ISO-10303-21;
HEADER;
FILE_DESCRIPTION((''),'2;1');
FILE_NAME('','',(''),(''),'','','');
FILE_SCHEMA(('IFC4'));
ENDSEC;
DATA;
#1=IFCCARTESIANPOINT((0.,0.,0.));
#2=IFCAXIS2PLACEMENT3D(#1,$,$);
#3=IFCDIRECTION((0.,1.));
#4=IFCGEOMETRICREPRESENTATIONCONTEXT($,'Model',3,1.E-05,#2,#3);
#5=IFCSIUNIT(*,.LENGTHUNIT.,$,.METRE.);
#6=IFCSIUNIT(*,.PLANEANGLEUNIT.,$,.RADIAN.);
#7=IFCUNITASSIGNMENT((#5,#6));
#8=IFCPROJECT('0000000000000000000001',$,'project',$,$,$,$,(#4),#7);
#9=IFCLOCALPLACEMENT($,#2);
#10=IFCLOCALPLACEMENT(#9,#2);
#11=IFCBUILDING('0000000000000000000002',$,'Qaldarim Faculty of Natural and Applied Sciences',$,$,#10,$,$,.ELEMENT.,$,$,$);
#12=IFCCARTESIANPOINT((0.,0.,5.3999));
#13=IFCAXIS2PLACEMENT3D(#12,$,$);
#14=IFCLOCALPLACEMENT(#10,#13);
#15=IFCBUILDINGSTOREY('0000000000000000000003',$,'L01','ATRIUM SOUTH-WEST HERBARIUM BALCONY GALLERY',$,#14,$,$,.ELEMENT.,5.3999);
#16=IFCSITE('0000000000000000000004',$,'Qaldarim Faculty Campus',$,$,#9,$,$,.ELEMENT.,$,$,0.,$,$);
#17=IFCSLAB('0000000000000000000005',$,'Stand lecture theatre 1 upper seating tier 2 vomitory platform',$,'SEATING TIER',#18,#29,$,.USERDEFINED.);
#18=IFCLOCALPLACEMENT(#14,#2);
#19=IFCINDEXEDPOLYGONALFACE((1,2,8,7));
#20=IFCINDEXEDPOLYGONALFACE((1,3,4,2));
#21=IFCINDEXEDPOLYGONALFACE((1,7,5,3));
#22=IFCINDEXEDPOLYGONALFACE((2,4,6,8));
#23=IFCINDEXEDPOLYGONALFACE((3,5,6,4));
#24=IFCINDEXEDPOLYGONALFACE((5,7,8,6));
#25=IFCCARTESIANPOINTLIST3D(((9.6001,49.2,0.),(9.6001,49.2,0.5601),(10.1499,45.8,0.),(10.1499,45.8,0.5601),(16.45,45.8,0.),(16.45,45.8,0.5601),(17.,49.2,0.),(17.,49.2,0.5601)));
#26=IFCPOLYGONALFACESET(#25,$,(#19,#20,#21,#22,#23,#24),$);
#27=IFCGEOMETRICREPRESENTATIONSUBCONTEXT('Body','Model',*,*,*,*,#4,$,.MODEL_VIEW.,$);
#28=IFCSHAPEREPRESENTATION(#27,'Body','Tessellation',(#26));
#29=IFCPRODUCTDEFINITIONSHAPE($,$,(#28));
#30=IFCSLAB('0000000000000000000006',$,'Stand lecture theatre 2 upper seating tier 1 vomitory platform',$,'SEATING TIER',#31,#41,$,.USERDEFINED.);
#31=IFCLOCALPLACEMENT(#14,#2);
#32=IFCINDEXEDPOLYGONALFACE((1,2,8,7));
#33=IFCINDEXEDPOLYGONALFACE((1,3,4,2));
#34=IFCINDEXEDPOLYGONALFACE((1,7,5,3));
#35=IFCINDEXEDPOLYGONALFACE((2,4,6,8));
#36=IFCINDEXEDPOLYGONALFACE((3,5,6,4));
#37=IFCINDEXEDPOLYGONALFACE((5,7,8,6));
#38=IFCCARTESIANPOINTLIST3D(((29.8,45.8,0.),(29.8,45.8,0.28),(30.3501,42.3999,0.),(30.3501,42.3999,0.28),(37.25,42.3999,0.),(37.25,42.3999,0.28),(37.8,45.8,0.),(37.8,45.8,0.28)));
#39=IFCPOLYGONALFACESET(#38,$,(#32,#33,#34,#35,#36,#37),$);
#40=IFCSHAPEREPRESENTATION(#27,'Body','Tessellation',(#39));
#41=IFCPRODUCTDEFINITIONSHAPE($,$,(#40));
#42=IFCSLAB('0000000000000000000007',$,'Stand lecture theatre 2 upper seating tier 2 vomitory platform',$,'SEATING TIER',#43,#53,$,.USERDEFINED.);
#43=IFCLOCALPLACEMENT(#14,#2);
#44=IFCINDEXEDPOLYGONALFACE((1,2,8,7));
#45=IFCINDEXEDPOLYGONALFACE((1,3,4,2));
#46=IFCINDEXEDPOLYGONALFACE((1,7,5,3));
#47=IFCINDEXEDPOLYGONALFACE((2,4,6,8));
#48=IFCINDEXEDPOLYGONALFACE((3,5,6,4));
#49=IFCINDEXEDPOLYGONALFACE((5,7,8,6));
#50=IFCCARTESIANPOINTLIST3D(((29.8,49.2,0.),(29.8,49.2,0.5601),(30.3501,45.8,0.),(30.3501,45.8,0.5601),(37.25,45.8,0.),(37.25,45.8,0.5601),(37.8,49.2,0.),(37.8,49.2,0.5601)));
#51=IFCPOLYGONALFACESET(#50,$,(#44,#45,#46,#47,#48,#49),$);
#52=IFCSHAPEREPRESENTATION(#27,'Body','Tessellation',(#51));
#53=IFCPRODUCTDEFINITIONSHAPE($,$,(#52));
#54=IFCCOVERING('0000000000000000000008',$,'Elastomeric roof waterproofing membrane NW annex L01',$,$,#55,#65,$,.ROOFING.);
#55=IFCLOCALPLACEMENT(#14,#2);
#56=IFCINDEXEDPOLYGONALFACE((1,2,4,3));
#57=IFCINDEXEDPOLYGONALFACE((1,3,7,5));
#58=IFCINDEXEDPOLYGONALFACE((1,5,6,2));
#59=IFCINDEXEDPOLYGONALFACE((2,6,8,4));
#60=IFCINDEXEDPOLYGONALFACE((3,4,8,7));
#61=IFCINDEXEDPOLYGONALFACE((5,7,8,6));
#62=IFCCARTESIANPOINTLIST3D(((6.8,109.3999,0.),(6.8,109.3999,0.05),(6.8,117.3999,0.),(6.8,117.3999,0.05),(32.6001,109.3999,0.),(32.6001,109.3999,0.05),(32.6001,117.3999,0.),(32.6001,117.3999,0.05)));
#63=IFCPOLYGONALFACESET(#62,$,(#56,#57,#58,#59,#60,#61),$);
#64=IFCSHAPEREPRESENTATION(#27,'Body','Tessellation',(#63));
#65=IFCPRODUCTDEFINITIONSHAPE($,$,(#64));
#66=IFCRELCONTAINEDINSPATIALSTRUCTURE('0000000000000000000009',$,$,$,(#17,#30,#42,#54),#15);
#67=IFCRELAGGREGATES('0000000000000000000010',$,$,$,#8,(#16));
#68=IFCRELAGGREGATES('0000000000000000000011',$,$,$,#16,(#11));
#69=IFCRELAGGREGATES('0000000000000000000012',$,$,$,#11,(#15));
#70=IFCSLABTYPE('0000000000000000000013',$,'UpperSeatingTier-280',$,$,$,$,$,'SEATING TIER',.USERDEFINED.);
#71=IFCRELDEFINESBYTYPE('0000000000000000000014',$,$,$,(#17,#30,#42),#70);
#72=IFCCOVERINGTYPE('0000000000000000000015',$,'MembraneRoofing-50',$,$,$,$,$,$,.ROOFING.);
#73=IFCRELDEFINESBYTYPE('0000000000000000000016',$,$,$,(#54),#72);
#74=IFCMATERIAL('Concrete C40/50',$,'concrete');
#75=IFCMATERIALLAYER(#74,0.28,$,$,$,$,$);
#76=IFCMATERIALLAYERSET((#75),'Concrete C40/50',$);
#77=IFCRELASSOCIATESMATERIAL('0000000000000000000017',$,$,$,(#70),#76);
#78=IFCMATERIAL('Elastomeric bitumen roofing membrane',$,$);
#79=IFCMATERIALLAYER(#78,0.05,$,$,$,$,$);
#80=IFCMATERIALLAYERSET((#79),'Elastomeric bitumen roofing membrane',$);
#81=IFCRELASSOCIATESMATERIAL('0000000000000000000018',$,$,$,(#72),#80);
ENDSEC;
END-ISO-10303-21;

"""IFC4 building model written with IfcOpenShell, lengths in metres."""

from ifc_helpers import new_model, si_unit, direction, frame, origin, place, context, subcontext, project, spatial, polyline, outline, extrude, material, layer, layer_set, type_object, element, save


model = new_model("IFC4")

# Units and contexts
model_context = context("Model", 3, precision=1e-05, world=origin(), true_north=direction((0.0, 1.0)))
body_context = subcontext(model_context, "Body", "Model", "MODEL_VIEW")
ifc_project = project(units=[si_unit("LENGTHUNIT", "METRE"), si_unit("PLANEANGLEUNIT", "RADIAN")], contexts=[model_context])

# Site, building, storey
site_placement = place(None, origin())
site = spatial("IfcSite", under=ifc_project, at=site_placement, Name="Qaldarim Faculty Campus", CompositionType="ELEMENT", RefElevation=0.0)
building_placement = place(site_placement, origin())
building = spatial("IfcBuilding", under=site, at=building_placement, Name="Qaldarim Faculty of Natural and Applied Sciences", CompositionType="ELEMENT")
storey_placement = place(building_placement, frame((0.0, 0.0, 5.3999)))
storey = spatial("IfcBuildingStorey", under=building, at=storey_placement, Name="L01", Description="ATRIUM SOUTH-WEST HERBARIUM BALCONY GALLERY", CompositionType="ELEMENT", Elevation=5.3999)

# Shared definitions
ifc_material_1 = material(Name="Concrete C40/50", Category="concrete")

# Slabs
ifc_layer_1 = layer(ifc_material_1, 0.28)
ifc_layer_set_1 = layer_set([ifc_layer_1], Name="Concrete C40/50")
slab_type_1 = type_object("IfcSlabType", Name="UpperSeatingTier-280", ElementType="SEATING TIER", PredefinedType="USERDEFINED", material=ifc_layer_set_1)
slab_1_placement = place(storey_placement, origin())
element("IfcSlab", 1, at=slab_1_placement, inside=storey, type_object=slab_type_1, Name="Stand lecture theatre 1 upper seating tier 2 vomitory platform", ObjectType="SEATING TIER", PredefinedType="USERDEFINED", context=body_context, shape_type="SweptSolid", body=[
    extrude(outline(polyline([(10.1499, 45.8), (16.45, 45.8), (17.0, 49.2), (9.6001, 49.2), (10.1499, 45.8)])), origin(), (0.0, 0.0, 1.0), 0.5601),
])
slab_2_placement = place(storey_placement, origin())
element("IfcSlab", 2, at=slab_2_placement, inside=storey, type_object=slab_type_1, Name="Stand lecture theatre 2 upper seating tier 1 vomitory platform", ObjectType="SEATING TIER", PredefinedType="USERDEFINED", context=body_context, shape_type="SweptSolid", body=[
    extrude(outline(polyline([(30.3501, 42.3999), (37.25, 42.3999), (37.8, 45.8), (29.8, 45.8), (30.3501, 42.3999)])), origin(), (0.0, 0.0, 1.0), 0.28),
])
slab_3_placement = place(storey_placement, origin())
element("IfcSlab", 3, at=slab_3_placement, inside=storey, type_object=slab_type_1, Name="Stand lecture theatre 2 upper seating tier 2 vomitory platform", ObjectType="SEATING TIER", PredefinedType="USERDEFINED", context=body_context, shape_type="SweptSolid", body=[
    extrude(outline(polyline([(30.3501, 45.8), (37.25, 45.8), (37.8, 49.2), (29.8, 49.2), (30.3501, 45.8)])), origin(), (0.0, 0.0, 1.0), 0.5601),
])

# Covering
ifc_material_2 = material(Name="Elastomeric bitumen roofing membrane")
ifc_layer_2 = layer(ifc_material_2, 0.05)
ifc_layer_set_2 = layer_set([ifc_layer_2], Name="Elastomeric bitumen roofing membrane")
covering_type = type_object("IfcCoveringType", Name="MembraneRoofing-50", PredefinedType="ROOFING", material=ifc_layer_set_2)
covering_placement = place(storey_placement, origin())
element("IfcCovering", 4, at=covering_placement, inside=storey, type_object=covering_type, Name="Elastomeric roof waterproofing membrane NW annex L01", PredefinedType="ROOFING", context=body_context, shape_type="SweptSolid", body=[
    extrude(outline(polyline([(6.8, 109.3999), (32.6001, 109.3999), (32.6001, 117.3999), (6.8, 117.3999), (6.8, 109.3999)])), origin(), (0.0, 0.0, 1.0), 0.05),
])

save(model, "model.ifc")
